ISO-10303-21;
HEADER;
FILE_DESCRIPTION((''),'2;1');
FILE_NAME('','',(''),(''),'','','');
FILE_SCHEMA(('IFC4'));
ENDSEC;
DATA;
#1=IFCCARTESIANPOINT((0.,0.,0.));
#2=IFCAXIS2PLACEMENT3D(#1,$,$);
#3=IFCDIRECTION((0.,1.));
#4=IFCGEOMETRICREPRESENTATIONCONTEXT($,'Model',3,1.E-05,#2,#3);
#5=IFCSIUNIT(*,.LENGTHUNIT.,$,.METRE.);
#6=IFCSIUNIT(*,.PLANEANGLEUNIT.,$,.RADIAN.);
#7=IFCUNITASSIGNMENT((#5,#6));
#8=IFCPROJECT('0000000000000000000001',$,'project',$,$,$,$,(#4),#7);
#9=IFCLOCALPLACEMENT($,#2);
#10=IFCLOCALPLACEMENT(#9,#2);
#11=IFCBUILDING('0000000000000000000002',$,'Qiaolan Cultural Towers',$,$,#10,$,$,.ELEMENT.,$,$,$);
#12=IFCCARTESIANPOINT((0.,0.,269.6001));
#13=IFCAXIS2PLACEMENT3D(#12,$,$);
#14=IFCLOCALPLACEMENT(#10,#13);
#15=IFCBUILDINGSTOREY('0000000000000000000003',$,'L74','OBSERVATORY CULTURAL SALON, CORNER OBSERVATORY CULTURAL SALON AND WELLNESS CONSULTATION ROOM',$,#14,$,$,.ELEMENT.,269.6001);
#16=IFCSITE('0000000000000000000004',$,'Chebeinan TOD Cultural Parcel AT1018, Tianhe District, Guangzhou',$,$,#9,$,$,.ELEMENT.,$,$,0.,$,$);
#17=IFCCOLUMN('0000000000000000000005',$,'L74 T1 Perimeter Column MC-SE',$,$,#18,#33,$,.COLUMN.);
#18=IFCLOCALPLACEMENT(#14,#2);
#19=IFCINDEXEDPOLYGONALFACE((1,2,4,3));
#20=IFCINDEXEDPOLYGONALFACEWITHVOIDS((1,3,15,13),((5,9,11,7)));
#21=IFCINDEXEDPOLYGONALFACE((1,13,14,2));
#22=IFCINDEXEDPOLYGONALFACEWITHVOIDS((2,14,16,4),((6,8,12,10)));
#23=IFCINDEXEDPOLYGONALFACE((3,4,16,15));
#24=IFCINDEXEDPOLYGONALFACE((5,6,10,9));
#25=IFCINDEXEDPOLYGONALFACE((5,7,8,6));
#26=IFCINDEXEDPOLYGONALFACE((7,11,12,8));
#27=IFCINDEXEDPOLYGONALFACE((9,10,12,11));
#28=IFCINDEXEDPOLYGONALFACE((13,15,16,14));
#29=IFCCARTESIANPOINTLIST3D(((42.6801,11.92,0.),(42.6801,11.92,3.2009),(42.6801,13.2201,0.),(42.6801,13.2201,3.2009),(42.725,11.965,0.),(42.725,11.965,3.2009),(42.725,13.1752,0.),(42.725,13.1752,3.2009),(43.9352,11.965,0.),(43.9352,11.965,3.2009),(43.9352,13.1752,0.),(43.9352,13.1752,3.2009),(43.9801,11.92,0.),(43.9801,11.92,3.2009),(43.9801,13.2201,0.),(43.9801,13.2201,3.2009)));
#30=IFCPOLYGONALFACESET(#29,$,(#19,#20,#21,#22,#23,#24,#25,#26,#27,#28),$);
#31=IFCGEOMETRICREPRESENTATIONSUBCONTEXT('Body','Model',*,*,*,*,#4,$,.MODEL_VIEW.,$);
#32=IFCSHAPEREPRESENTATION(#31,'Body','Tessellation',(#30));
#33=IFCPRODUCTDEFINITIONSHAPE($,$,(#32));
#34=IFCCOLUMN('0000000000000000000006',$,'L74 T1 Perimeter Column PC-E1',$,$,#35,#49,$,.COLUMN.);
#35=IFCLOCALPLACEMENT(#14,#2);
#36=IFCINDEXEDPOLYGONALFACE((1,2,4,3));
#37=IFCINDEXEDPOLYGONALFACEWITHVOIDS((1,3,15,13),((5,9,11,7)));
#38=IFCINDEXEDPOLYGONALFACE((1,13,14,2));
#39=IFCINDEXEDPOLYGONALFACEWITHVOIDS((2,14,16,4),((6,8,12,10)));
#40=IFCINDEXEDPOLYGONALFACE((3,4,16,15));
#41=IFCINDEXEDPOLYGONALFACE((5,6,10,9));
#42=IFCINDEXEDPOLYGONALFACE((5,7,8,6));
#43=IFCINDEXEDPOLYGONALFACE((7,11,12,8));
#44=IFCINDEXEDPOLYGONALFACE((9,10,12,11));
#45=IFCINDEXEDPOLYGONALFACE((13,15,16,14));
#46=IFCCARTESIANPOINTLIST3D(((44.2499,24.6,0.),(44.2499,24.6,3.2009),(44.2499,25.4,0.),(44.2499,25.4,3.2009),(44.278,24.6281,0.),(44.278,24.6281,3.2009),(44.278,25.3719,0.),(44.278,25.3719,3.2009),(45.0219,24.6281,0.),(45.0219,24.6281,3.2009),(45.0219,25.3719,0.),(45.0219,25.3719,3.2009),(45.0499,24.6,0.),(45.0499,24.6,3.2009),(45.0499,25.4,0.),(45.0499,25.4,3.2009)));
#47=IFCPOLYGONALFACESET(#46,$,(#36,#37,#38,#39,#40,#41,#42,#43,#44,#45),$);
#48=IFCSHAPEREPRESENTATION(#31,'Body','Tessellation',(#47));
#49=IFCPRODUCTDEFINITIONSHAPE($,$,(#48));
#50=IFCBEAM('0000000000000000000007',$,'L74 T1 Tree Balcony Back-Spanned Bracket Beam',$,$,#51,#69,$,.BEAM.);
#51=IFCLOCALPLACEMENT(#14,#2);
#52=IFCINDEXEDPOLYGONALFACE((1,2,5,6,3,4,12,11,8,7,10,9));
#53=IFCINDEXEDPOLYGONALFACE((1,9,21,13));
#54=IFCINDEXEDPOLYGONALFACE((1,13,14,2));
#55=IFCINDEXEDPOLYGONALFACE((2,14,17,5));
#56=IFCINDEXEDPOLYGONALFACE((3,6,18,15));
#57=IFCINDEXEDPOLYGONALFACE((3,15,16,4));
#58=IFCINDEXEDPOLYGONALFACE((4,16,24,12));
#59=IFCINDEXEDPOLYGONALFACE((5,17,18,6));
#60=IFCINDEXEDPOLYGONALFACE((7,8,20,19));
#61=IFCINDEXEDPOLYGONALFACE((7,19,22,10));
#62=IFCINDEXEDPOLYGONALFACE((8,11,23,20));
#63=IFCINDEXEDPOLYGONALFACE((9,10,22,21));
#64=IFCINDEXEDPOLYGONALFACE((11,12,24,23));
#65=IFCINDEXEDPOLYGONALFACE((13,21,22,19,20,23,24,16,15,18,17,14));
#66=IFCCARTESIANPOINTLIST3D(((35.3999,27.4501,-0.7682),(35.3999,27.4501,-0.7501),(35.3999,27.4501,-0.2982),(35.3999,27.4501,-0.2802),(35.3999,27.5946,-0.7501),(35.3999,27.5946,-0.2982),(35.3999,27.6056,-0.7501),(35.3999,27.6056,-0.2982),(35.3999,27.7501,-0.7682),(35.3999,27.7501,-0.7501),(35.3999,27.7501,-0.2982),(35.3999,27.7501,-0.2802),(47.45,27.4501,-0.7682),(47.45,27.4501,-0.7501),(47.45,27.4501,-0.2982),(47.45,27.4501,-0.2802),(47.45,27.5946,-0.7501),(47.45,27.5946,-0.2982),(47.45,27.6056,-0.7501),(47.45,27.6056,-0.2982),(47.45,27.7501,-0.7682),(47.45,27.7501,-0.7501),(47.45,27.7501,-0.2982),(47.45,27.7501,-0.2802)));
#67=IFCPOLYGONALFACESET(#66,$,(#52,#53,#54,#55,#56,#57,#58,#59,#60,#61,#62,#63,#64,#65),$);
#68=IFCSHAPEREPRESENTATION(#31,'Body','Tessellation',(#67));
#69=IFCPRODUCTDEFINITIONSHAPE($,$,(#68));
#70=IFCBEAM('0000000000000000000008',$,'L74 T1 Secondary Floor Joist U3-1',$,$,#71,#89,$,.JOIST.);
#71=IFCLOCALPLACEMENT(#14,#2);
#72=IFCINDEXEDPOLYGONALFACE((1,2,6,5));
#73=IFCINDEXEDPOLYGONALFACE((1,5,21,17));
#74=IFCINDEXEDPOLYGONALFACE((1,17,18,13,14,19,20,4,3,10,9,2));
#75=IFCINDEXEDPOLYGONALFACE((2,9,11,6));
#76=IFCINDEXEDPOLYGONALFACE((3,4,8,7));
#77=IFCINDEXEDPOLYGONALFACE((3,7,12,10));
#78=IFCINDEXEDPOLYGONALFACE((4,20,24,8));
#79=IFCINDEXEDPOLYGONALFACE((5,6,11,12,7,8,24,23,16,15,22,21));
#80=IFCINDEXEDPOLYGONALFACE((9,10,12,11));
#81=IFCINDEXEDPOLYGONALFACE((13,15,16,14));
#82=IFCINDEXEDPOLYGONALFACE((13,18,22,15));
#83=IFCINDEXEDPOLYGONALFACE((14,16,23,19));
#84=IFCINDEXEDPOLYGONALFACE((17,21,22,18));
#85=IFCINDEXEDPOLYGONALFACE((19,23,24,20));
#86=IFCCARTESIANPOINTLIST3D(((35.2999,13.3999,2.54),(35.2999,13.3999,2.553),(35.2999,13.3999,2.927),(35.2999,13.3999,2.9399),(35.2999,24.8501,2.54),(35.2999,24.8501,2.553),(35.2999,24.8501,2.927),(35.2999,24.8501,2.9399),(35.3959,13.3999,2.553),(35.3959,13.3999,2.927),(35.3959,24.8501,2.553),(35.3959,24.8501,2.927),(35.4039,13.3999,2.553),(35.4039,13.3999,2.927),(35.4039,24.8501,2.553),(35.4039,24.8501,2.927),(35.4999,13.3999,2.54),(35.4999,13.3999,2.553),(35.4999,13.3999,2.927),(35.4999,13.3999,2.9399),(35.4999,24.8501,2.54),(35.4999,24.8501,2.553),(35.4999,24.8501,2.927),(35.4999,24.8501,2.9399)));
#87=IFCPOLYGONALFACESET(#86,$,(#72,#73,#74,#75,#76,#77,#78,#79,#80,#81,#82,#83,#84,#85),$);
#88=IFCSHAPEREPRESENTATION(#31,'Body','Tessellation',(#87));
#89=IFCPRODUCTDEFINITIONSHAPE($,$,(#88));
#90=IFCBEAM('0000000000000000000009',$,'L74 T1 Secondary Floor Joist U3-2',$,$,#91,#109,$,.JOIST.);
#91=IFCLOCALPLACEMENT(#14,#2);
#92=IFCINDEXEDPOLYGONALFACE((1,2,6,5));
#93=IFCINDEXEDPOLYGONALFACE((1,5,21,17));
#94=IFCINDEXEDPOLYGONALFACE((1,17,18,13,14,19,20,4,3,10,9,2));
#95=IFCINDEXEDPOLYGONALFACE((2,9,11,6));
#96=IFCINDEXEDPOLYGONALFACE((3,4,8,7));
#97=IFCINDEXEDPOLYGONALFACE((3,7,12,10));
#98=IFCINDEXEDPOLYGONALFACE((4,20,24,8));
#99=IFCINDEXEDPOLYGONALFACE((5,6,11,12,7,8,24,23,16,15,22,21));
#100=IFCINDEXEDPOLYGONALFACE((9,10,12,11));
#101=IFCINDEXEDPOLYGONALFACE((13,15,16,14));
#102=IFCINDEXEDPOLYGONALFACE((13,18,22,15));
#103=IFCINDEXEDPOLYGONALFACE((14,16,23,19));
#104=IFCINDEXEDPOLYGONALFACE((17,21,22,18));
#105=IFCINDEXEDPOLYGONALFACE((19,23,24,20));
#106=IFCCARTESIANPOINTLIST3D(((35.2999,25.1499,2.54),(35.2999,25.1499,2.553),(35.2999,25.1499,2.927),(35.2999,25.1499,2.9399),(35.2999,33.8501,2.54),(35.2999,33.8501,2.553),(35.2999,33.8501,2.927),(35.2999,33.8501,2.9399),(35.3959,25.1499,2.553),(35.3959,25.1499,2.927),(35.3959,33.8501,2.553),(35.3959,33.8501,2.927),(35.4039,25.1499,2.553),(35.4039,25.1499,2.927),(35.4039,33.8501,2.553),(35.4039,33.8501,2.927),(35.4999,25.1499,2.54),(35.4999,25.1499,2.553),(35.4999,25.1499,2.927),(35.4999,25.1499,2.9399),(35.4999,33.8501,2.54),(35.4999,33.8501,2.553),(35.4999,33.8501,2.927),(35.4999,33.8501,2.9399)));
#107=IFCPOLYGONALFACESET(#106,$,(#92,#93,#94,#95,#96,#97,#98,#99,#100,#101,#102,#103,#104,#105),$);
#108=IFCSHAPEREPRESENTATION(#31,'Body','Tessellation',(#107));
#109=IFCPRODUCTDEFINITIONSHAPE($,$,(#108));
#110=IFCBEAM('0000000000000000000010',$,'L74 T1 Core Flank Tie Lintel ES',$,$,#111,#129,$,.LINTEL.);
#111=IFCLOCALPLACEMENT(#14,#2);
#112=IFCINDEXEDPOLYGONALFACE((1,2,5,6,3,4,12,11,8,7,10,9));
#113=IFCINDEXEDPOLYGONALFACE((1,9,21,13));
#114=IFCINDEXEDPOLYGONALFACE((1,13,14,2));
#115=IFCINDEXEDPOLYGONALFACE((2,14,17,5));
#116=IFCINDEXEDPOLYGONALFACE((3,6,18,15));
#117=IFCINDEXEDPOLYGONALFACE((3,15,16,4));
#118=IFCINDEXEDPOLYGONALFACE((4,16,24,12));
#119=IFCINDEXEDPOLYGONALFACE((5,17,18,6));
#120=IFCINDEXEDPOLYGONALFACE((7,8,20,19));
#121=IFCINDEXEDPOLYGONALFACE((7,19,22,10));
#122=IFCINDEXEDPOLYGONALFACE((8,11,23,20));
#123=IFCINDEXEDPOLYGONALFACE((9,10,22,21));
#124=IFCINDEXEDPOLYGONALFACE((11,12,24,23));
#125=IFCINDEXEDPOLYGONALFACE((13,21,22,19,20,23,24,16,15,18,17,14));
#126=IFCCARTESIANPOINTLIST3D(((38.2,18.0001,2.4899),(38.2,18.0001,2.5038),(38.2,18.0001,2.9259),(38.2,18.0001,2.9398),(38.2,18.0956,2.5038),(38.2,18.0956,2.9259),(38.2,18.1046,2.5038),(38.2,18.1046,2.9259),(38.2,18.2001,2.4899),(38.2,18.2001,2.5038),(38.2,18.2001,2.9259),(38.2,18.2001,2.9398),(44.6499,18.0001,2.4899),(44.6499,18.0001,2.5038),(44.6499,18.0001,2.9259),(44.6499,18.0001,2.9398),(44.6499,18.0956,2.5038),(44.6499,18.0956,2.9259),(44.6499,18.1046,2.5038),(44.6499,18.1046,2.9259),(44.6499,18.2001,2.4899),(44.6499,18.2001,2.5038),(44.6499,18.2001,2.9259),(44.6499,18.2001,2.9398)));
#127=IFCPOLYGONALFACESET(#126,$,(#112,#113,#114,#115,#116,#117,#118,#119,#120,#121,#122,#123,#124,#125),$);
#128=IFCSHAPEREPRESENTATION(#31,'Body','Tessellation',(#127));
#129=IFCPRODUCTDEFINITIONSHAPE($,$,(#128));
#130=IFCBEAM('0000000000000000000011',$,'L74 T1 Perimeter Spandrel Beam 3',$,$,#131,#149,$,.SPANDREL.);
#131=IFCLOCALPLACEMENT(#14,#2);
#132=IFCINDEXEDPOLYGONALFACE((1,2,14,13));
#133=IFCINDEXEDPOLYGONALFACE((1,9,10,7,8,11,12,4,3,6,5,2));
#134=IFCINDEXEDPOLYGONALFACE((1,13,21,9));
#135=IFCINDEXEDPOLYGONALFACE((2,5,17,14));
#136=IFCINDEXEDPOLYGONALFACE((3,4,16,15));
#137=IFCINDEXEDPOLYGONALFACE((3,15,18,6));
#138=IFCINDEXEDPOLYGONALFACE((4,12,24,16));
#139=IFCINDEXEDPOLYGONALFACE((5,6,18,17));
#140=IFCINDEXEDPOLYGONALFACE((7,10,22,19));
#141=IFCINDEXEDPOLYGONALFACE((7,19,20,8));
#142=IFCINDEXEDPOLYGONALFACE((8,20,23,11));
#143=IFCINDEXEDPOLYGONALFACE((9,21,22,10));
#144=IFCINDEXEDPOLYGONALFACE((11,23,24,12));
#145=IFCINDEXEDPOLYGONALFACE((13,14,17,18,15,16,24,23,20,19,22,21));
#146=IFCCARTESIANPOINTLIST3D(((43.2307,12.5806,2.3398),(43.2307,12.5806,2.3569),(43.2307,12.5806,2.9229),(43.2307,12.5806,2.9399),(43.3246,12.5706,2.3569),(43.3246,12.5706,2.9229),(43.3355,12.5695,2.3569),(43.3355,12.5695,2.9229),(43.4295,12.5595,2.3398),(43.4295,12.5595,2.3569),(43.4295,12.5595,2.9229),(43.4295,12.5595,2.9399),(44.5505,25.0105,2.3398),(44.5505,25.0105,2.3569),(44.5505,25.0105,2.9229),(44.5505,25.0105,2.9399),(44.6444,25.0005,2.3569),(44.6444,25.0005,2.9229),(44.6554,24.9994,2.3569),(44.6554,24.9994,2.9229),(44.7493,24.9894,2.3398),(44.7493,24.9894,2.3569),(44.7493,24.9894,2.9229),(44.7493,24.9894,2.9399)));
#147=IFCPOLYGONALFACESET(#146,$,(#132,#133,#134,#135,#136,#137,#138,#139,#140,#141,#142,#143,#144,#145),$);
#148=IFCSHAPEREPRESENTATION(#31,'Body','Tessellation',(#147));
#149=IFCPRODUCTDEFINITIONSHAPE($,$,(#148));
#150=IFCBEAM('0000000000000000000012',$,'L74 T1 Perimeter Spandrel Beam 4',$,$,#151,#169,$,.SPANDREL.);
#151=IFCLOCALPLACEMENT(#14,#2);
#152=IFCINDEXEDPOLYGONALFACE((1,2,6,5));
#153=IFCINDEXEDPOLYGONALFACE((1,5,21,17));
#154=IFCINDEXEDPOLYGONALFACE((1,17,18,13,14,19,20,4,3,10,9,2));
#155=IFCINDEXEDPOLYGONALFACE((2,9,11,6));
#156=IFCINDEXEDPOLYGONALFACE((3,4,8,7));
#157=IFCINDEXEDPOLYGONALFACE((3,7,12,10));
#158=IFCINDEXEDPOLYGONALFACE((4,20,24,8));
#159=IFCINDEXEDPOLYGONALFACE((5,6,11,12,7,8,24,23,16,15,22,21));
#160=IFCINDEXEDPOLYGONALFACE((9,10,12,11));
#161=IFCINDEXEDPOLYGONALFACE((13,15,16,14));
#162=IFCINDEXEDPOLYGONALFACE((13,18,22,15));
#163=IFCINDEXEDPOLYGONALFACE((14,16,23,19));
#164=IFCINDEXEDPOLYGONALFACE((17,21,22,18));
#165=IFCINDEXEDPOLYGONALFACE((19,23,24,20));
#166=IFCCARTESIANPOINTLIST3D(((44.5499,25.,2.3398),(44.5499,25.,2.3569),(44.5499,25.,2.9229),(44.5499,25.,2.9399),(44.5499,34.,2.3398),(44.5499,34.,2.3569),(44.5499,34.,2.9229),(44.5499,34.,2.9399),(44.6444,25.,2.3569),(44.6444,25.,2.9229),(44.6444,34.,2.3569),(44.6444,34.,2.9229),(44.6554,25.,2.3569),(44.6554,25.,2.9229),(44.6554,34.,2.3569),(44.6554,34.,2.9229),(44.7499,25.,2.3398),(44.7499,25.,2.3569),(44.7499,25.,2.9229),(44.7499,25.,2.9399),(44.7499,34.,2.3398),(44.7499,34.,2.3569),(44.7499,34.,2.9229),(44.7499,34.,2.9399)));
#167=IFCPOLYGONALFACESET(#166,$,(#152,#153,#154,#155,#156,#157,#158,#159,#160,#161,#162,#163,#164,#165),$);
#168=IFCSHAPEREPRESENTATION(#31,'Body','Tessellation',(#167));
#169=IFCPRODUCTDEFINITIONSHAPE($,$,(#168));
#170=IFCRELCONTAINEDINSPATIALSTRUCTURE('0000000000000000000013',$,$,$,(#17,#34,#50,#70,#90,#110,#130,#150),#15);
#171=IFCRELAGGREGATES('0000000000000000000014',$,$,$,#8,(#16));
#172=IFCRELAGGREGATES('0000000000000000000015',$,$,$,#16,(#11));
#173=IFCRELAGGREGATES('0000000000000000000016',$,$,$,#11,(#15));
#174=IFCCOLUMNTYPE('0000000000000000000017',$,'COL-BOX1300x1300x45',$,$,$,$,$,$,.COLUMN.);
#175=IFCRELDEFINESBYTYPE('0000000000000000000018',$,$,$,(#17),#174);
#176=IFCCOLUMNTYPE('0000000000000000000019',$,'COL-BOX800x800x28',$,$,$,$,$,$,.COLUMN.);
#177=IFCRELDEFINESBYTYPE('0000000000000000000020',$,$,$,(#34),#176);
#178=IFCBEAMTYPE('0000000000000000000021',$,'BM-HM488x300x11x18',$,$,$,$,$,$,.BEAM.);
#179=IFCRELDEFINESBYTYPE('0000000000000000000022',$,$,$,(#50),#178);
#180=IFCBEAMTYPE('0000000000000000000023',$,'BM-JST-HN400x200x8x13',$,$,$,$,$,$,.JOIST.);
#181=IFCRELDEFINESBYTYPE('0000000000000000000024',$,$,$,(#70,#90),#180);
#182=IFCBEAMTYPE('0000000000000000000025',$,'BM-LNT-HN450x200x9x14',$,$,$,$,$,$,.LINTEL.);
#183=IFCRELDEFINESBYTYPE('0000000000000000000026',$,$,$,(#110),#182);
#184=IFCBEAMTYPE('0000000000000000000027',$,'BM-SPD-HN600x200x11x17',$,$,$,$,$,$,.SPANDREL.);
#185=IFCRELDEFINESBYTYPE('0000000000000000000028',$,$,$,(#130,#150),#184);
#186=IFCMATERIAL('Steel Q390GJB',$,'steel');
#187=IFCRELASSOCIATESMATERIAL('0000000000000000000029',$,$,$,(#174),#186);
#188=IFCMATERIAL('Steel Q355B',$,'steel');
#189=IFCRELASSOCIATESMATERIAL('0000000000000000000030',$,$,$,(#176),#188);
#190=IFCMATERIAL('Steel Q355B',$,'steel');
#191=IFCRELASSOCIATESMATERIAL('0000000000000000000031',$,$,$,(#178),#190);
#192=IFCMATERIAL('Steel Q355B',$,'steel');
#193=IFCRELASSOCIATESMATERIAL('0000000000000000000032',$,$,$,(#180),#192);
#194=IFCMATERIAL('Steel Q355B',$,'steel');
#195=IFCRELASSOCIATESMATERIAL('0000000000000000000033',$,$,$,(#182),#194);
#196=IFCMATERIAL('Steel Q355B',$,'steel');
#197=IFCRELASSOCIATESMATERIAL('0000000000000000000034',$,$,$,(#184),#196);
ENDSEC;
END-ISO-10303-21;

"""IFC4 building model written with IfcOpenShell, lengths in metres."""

from ifc_helpers import new_model, si_unit, direction, frame, origin, origin_2d, place, context, subcontext, project, spatial, hollow_rectangle, i_section, extrude, material, material_profile, profile_set, type_object, element, save


model = new_model("IFC4")

# Units and contexts
model_context = context("Model", 3, precision=1e-05, world=origin(), true_north=direction((0.0, 1.0)))
body_context = subcontext(model_context, "Body", "Model", "MODEL_VIEW")
ifc_project = project(units=[si_unit("LENGTHUNIT", "METRE"), si_unit("PLANEANGLEUNIT", "RADIAN")], contexts=[model_context])

# Site, building, storey
site_placement = place(None, origin())
site = spatial("IfcSite", under=ifc_project, at=site_placement, Name="Chebeinan TOD Cultural Parcel AT1018, Tianhe District, Guangzhou", CompositionType="ELEMENT", RefElevation=0.0)
building_placement = place(site_placement, origin())
building = spatial("IfcBuilding", under=site, at=building_placement, Name="Qiaolan Cultural Towers", CompositionType="ELEMENT")
storey_placement = place(building_placement, frame((0.0, 0.0, 269.6001)))
storey = spatial("IfcBuildingStorey", under=building, at=storey_placement, Name="L74", Description="OBSERVATORY CULTURAL SALON, CORNER OBSERVATORY CULTURAL SALON AND WELLNESS CONSULTATION ROOM", CompositionType="ELEMENT", Elevation=269.6001)

# Columns
ifc_material_1 = material(Name="Steel Q390GJB", Category="steel")
ifc_material_profile_1 = material_profile(ifc_material_1, hollow_rectangle(XDim=1.3, YDim=1.3, WallThickness=0.0449, at=origin_2d()), Name="BOX1300x1300x45")
ifc_profile_set_1 = profile_set([ifc_material_profile_1], Name="Steel Q390GJB")
column_type_1 = type_object("IfcColumnType", Name="COL-BOX1300x1300x45", PredefinedType="COLUMN", material=ifc_profile_set_1)
column_1_placement = place(storey_placement, frame((43.3301, 12.5701, 0.0), z_axis=(0.0, 0.0, 1.0), x_axis=(1.0, 0.0, 0.0)))
element("IfcColumn", 1, at=column_1_placement, inside=storey, type_object=column_type_1, Name="L74 T1 Perimeter Column MC-SE", PredefinedType="COLUMN", context=body_context, shape_type="SweptSolid", body=[
    extrude(hollow_rectangle(XDim=1.3, YDim=1.3, WallThickness=0.0449, at=origin_2d()), origin(), (0.0, 0.0, 1.0), 3.2009),
])
ifc_material_2 = material(Name="Steel Q355B", Category="steel")
ifc_material_profile_2 = material_profile(ifc_material_2, hollow_rectangle(XDim=0.8, YDim=0.8, WallThickness=0.0281, at=origin_2d()), Name="BOX800x800x28")
ifc_profile_set_2 = profile_set([ifc_material_profile_2], Name="Steel Q355B")
column_type_2 = type_object("IfcColumnType", Name="COL-BOX800x800x28", PredefinedType="COLUMN", material=ifc_profile_set_2)
column_2_placement = place(storey_placement, frame((44.6499, 25.0, 0.0), z_axis=(0.0, 0.0, 1.0), x_axis=(1.0, 0.0, 0.0)))
element("IfcColumn", 2, at=column_2_placement, inside=storey, type_object=column_type_2, Name="L74 T1 Perimeter Column PC-E1", PredefinedType="COLUMN", context=body_context, shape_type="SweptSolid", body=[
    extrude(hollow_rectangle(XDim=0.8, YDim=0.8, WallThickness=0.0281, at=origin_2d()), origin(), (0.0, 0.0, 1.0), 3.2009),
])

# Beams
ifc_material_3 = material(Name="Steel Q355B", Category="steel")
ifc_material_profile_3 = material_profile(ifc_material_3, i_section(OverallWidth=0.3, OverallDepth=0.488, WebThickness=0.011, FlangeThickness=0.0181, at=origin_2d()), Name="HM488x300x11x18")
ifc_profile_set_3 = profile_set([ifc_material_profile_3], Name="Steel Q355B")
beam_type_1 = type_object("IfcBeamType", Name="BM-HM488x300x11x18", PredefinedType="BEAM", material=ifc_profile_set_3)
beam_1_placement = place(storey_placement, frame((35.3999, 27.6001, -0.5242), z_axis=(1.0, 0.0, 0.0), x_axis=(0.0, 1.0, 0.0)))
element("IfcBeam", 3, at=beam_1_placement, inside=storey, type_object=beam_type_1, Name="L74 T1 Tree Balcony Back-Spanned Bracket Beam", PredefinedType="BEAM", context=body_context, shape_type="SweptSolid", body=[
    extrude(i_section(OverallWidth=0.3, OverallDepth=0.488, WebThickness=0.011, FlangeThickness=0.0181, at=origin_2d()), origin(), (0.0, 0.0, 1.0), 12.05),
])
ifc_material_4 = material(Name="Steel Q355B", Category="steel")
ifc_material_profile_4 = material_profile(ifc_material_4, i_section(OverallWidth=0.2, OverallDepth=0.3999, WebThickness=0.0081, FlangeThickness=0.0129, at=origin_2d()), Name="HN400x200x8x13")
ifc_profile_set_4 = profile_set([ifc_material_profile_4], Name="Steel Q355B")
beam_type_2 = type_object("IfcBeamType", Name="BM-JST-HN400x200x8x13", PredefinedType="JOIST", material=ifc_profile_set_4)
beam_2_placement = place(storey_placement, frame((35.3999, 13.3999, 2.74), z_axis=(0.0, 1.0, 0.0), x_axis=(-1.0, 0.0, 0.0)))
element("IfcBeam", 4, at=beam_2_placement, inside=storey, type_object=beam_type_2, Name="L74 T1 Secondary Floor Joist U3-1", PredefinedType="JOIST", context=body_context, shape_type="SweptSolid", body=[
    extrude(i_section(OverallWidth=0.2, OverallDepth=0.3999, WebThickness=0.0081, FlangeThickness=0.0129, at=origin_2d()), origin(), (0.0, 0.0, 1.0), 11.4502),
])
beam_3_placement = place(storey_placement, frame((35.3999, 25.1499, 2.74), z_axis=(0.0, 1.0, 0.0), x_axis=(-1.0, 0.0, 0.0)))
element("IfcBeam", 5, at=beam_3_placement, inside=storey, type_object=beam_type_2, Name="L74 T1 Secondary Floor Joist U3-2", PredefinedType="JOIST", context=body_context, shape_type="SweptSolid", body=[
    extrude(i_section(OverallWidth=0.2, OverallDepth=0.3999, WebThickness=0.0081, FlangeThickness=0.0129, at=origin_2d()), origin(), (0.0, 0.0, 1.0), 8.7002),
])
ifc_material_5 = material(Name="Steel Q355B", Category="steel")
ifc_material_profile_5 = material_profile(ifc_material_5, i_section(OverallWidth=0.2, OverallDepth=0.45, WebThickness=0.009, FlangeThickness=0.0139, at=origin_2d()), Name="HN450x200x9x14")
ifc_profile_set_5 = profile_set([ifc_material_profile_5], Name="Steel Q355B")
beam_type_3 = type_object("IfcBeamType", Name="BM-LNT-HN450x200x9x14", PredefinedType="LINTEL", material=ifc_profile_set_5)
beam_4_placement = place(storey_placement, frame((38.2, 18.1001, 2.7148), z_axis=(1.0, 0.0, 0.0), x_axis=(0.0, 1.0, 0.0)))
element("IfcBeam", 6, at=beam_4_placement, inside=storey, type_object=beam_type_3, Name="L74 T1 Core Flank Tie Lintel ES", PredefinedType="LINTEL", context=body_context, shape_type="SweptSolid", body=[
    extrude(i_section(OverallWidth=0.2, OverallDepth=0.45, WebThickness=0.009, FlangeThickness=0.0139, at=origin_2d()), origin(), (0.0, 0.0, 1.0), 6.45),
])
ifc_material_6 = material(Name="Steel Q355B", Category="steel")
ifc_material_profile_6 = material_profile(ifc_material_6, i_section(OverallWidth=0.2, OverallDepth=0.6001, WebThickness=0.011, FlangeThickness=0.0171, at=origin_2d()), Name="HN600x200x11x17")
ifc_profile_set_6 = profile_set([ifc_material_profile_6], Name="Steel Q355B")
beam_type_4 = type_object("IfcBeamType", Name="BM-SPD-HN600x200x11x17", PredefinedType="SPANDREL", material=ifc_profile_set_6)
beam_5_placement = place(storey_placement, frame((43.3301, 12.5701, 2.6399), z_axis=(0.105588, 0.99441, 0.0), x_axis=(-0.99441, 0.105588, 0.0)))
element("IfcBeam", 7, at=beam_5_placement, inside=storey, type_object=beam_type_4, Name="L74 T1 Perimeter Spandrel Beam 3", PredefinedType="SPANDREL", context=body_context, shape_type="SweptSolid", body=[
    extrude(i_section(OverallWidth=0.2, OverallDepth=0.6001, WebThickness=0.011, FlangeThickness=0.0171, at=origin_2d()), origin(), (0.0, 0.0, 1.0), 12.4998),
])
beam_6_placement = place(storey_placement, frame((44.6499, 25.0, 2.6399), z_axis=(0.0, 1.0, 0.0), x_axis=(-1.0, 0.0, 0.0)))
element("IfcBeam", 8, at=beam_6_placement, inside=storey, type_object=beam_type_4, Name="L74 T1 Perimeter Spandrel Beam 4", PredefinedType="SPANDREL", context=body_context, shape_type="SweptSolid", body=[
    extrude(i_section(OverallWidth=0.2, OverallDepth=0.6001, WebThickness=0.011, FlangeThickness=0.0171, at=origin_2d()), origin(), (0.0, 0.0, 1.0), 9.0),
])

save(model, "model.ifc")
